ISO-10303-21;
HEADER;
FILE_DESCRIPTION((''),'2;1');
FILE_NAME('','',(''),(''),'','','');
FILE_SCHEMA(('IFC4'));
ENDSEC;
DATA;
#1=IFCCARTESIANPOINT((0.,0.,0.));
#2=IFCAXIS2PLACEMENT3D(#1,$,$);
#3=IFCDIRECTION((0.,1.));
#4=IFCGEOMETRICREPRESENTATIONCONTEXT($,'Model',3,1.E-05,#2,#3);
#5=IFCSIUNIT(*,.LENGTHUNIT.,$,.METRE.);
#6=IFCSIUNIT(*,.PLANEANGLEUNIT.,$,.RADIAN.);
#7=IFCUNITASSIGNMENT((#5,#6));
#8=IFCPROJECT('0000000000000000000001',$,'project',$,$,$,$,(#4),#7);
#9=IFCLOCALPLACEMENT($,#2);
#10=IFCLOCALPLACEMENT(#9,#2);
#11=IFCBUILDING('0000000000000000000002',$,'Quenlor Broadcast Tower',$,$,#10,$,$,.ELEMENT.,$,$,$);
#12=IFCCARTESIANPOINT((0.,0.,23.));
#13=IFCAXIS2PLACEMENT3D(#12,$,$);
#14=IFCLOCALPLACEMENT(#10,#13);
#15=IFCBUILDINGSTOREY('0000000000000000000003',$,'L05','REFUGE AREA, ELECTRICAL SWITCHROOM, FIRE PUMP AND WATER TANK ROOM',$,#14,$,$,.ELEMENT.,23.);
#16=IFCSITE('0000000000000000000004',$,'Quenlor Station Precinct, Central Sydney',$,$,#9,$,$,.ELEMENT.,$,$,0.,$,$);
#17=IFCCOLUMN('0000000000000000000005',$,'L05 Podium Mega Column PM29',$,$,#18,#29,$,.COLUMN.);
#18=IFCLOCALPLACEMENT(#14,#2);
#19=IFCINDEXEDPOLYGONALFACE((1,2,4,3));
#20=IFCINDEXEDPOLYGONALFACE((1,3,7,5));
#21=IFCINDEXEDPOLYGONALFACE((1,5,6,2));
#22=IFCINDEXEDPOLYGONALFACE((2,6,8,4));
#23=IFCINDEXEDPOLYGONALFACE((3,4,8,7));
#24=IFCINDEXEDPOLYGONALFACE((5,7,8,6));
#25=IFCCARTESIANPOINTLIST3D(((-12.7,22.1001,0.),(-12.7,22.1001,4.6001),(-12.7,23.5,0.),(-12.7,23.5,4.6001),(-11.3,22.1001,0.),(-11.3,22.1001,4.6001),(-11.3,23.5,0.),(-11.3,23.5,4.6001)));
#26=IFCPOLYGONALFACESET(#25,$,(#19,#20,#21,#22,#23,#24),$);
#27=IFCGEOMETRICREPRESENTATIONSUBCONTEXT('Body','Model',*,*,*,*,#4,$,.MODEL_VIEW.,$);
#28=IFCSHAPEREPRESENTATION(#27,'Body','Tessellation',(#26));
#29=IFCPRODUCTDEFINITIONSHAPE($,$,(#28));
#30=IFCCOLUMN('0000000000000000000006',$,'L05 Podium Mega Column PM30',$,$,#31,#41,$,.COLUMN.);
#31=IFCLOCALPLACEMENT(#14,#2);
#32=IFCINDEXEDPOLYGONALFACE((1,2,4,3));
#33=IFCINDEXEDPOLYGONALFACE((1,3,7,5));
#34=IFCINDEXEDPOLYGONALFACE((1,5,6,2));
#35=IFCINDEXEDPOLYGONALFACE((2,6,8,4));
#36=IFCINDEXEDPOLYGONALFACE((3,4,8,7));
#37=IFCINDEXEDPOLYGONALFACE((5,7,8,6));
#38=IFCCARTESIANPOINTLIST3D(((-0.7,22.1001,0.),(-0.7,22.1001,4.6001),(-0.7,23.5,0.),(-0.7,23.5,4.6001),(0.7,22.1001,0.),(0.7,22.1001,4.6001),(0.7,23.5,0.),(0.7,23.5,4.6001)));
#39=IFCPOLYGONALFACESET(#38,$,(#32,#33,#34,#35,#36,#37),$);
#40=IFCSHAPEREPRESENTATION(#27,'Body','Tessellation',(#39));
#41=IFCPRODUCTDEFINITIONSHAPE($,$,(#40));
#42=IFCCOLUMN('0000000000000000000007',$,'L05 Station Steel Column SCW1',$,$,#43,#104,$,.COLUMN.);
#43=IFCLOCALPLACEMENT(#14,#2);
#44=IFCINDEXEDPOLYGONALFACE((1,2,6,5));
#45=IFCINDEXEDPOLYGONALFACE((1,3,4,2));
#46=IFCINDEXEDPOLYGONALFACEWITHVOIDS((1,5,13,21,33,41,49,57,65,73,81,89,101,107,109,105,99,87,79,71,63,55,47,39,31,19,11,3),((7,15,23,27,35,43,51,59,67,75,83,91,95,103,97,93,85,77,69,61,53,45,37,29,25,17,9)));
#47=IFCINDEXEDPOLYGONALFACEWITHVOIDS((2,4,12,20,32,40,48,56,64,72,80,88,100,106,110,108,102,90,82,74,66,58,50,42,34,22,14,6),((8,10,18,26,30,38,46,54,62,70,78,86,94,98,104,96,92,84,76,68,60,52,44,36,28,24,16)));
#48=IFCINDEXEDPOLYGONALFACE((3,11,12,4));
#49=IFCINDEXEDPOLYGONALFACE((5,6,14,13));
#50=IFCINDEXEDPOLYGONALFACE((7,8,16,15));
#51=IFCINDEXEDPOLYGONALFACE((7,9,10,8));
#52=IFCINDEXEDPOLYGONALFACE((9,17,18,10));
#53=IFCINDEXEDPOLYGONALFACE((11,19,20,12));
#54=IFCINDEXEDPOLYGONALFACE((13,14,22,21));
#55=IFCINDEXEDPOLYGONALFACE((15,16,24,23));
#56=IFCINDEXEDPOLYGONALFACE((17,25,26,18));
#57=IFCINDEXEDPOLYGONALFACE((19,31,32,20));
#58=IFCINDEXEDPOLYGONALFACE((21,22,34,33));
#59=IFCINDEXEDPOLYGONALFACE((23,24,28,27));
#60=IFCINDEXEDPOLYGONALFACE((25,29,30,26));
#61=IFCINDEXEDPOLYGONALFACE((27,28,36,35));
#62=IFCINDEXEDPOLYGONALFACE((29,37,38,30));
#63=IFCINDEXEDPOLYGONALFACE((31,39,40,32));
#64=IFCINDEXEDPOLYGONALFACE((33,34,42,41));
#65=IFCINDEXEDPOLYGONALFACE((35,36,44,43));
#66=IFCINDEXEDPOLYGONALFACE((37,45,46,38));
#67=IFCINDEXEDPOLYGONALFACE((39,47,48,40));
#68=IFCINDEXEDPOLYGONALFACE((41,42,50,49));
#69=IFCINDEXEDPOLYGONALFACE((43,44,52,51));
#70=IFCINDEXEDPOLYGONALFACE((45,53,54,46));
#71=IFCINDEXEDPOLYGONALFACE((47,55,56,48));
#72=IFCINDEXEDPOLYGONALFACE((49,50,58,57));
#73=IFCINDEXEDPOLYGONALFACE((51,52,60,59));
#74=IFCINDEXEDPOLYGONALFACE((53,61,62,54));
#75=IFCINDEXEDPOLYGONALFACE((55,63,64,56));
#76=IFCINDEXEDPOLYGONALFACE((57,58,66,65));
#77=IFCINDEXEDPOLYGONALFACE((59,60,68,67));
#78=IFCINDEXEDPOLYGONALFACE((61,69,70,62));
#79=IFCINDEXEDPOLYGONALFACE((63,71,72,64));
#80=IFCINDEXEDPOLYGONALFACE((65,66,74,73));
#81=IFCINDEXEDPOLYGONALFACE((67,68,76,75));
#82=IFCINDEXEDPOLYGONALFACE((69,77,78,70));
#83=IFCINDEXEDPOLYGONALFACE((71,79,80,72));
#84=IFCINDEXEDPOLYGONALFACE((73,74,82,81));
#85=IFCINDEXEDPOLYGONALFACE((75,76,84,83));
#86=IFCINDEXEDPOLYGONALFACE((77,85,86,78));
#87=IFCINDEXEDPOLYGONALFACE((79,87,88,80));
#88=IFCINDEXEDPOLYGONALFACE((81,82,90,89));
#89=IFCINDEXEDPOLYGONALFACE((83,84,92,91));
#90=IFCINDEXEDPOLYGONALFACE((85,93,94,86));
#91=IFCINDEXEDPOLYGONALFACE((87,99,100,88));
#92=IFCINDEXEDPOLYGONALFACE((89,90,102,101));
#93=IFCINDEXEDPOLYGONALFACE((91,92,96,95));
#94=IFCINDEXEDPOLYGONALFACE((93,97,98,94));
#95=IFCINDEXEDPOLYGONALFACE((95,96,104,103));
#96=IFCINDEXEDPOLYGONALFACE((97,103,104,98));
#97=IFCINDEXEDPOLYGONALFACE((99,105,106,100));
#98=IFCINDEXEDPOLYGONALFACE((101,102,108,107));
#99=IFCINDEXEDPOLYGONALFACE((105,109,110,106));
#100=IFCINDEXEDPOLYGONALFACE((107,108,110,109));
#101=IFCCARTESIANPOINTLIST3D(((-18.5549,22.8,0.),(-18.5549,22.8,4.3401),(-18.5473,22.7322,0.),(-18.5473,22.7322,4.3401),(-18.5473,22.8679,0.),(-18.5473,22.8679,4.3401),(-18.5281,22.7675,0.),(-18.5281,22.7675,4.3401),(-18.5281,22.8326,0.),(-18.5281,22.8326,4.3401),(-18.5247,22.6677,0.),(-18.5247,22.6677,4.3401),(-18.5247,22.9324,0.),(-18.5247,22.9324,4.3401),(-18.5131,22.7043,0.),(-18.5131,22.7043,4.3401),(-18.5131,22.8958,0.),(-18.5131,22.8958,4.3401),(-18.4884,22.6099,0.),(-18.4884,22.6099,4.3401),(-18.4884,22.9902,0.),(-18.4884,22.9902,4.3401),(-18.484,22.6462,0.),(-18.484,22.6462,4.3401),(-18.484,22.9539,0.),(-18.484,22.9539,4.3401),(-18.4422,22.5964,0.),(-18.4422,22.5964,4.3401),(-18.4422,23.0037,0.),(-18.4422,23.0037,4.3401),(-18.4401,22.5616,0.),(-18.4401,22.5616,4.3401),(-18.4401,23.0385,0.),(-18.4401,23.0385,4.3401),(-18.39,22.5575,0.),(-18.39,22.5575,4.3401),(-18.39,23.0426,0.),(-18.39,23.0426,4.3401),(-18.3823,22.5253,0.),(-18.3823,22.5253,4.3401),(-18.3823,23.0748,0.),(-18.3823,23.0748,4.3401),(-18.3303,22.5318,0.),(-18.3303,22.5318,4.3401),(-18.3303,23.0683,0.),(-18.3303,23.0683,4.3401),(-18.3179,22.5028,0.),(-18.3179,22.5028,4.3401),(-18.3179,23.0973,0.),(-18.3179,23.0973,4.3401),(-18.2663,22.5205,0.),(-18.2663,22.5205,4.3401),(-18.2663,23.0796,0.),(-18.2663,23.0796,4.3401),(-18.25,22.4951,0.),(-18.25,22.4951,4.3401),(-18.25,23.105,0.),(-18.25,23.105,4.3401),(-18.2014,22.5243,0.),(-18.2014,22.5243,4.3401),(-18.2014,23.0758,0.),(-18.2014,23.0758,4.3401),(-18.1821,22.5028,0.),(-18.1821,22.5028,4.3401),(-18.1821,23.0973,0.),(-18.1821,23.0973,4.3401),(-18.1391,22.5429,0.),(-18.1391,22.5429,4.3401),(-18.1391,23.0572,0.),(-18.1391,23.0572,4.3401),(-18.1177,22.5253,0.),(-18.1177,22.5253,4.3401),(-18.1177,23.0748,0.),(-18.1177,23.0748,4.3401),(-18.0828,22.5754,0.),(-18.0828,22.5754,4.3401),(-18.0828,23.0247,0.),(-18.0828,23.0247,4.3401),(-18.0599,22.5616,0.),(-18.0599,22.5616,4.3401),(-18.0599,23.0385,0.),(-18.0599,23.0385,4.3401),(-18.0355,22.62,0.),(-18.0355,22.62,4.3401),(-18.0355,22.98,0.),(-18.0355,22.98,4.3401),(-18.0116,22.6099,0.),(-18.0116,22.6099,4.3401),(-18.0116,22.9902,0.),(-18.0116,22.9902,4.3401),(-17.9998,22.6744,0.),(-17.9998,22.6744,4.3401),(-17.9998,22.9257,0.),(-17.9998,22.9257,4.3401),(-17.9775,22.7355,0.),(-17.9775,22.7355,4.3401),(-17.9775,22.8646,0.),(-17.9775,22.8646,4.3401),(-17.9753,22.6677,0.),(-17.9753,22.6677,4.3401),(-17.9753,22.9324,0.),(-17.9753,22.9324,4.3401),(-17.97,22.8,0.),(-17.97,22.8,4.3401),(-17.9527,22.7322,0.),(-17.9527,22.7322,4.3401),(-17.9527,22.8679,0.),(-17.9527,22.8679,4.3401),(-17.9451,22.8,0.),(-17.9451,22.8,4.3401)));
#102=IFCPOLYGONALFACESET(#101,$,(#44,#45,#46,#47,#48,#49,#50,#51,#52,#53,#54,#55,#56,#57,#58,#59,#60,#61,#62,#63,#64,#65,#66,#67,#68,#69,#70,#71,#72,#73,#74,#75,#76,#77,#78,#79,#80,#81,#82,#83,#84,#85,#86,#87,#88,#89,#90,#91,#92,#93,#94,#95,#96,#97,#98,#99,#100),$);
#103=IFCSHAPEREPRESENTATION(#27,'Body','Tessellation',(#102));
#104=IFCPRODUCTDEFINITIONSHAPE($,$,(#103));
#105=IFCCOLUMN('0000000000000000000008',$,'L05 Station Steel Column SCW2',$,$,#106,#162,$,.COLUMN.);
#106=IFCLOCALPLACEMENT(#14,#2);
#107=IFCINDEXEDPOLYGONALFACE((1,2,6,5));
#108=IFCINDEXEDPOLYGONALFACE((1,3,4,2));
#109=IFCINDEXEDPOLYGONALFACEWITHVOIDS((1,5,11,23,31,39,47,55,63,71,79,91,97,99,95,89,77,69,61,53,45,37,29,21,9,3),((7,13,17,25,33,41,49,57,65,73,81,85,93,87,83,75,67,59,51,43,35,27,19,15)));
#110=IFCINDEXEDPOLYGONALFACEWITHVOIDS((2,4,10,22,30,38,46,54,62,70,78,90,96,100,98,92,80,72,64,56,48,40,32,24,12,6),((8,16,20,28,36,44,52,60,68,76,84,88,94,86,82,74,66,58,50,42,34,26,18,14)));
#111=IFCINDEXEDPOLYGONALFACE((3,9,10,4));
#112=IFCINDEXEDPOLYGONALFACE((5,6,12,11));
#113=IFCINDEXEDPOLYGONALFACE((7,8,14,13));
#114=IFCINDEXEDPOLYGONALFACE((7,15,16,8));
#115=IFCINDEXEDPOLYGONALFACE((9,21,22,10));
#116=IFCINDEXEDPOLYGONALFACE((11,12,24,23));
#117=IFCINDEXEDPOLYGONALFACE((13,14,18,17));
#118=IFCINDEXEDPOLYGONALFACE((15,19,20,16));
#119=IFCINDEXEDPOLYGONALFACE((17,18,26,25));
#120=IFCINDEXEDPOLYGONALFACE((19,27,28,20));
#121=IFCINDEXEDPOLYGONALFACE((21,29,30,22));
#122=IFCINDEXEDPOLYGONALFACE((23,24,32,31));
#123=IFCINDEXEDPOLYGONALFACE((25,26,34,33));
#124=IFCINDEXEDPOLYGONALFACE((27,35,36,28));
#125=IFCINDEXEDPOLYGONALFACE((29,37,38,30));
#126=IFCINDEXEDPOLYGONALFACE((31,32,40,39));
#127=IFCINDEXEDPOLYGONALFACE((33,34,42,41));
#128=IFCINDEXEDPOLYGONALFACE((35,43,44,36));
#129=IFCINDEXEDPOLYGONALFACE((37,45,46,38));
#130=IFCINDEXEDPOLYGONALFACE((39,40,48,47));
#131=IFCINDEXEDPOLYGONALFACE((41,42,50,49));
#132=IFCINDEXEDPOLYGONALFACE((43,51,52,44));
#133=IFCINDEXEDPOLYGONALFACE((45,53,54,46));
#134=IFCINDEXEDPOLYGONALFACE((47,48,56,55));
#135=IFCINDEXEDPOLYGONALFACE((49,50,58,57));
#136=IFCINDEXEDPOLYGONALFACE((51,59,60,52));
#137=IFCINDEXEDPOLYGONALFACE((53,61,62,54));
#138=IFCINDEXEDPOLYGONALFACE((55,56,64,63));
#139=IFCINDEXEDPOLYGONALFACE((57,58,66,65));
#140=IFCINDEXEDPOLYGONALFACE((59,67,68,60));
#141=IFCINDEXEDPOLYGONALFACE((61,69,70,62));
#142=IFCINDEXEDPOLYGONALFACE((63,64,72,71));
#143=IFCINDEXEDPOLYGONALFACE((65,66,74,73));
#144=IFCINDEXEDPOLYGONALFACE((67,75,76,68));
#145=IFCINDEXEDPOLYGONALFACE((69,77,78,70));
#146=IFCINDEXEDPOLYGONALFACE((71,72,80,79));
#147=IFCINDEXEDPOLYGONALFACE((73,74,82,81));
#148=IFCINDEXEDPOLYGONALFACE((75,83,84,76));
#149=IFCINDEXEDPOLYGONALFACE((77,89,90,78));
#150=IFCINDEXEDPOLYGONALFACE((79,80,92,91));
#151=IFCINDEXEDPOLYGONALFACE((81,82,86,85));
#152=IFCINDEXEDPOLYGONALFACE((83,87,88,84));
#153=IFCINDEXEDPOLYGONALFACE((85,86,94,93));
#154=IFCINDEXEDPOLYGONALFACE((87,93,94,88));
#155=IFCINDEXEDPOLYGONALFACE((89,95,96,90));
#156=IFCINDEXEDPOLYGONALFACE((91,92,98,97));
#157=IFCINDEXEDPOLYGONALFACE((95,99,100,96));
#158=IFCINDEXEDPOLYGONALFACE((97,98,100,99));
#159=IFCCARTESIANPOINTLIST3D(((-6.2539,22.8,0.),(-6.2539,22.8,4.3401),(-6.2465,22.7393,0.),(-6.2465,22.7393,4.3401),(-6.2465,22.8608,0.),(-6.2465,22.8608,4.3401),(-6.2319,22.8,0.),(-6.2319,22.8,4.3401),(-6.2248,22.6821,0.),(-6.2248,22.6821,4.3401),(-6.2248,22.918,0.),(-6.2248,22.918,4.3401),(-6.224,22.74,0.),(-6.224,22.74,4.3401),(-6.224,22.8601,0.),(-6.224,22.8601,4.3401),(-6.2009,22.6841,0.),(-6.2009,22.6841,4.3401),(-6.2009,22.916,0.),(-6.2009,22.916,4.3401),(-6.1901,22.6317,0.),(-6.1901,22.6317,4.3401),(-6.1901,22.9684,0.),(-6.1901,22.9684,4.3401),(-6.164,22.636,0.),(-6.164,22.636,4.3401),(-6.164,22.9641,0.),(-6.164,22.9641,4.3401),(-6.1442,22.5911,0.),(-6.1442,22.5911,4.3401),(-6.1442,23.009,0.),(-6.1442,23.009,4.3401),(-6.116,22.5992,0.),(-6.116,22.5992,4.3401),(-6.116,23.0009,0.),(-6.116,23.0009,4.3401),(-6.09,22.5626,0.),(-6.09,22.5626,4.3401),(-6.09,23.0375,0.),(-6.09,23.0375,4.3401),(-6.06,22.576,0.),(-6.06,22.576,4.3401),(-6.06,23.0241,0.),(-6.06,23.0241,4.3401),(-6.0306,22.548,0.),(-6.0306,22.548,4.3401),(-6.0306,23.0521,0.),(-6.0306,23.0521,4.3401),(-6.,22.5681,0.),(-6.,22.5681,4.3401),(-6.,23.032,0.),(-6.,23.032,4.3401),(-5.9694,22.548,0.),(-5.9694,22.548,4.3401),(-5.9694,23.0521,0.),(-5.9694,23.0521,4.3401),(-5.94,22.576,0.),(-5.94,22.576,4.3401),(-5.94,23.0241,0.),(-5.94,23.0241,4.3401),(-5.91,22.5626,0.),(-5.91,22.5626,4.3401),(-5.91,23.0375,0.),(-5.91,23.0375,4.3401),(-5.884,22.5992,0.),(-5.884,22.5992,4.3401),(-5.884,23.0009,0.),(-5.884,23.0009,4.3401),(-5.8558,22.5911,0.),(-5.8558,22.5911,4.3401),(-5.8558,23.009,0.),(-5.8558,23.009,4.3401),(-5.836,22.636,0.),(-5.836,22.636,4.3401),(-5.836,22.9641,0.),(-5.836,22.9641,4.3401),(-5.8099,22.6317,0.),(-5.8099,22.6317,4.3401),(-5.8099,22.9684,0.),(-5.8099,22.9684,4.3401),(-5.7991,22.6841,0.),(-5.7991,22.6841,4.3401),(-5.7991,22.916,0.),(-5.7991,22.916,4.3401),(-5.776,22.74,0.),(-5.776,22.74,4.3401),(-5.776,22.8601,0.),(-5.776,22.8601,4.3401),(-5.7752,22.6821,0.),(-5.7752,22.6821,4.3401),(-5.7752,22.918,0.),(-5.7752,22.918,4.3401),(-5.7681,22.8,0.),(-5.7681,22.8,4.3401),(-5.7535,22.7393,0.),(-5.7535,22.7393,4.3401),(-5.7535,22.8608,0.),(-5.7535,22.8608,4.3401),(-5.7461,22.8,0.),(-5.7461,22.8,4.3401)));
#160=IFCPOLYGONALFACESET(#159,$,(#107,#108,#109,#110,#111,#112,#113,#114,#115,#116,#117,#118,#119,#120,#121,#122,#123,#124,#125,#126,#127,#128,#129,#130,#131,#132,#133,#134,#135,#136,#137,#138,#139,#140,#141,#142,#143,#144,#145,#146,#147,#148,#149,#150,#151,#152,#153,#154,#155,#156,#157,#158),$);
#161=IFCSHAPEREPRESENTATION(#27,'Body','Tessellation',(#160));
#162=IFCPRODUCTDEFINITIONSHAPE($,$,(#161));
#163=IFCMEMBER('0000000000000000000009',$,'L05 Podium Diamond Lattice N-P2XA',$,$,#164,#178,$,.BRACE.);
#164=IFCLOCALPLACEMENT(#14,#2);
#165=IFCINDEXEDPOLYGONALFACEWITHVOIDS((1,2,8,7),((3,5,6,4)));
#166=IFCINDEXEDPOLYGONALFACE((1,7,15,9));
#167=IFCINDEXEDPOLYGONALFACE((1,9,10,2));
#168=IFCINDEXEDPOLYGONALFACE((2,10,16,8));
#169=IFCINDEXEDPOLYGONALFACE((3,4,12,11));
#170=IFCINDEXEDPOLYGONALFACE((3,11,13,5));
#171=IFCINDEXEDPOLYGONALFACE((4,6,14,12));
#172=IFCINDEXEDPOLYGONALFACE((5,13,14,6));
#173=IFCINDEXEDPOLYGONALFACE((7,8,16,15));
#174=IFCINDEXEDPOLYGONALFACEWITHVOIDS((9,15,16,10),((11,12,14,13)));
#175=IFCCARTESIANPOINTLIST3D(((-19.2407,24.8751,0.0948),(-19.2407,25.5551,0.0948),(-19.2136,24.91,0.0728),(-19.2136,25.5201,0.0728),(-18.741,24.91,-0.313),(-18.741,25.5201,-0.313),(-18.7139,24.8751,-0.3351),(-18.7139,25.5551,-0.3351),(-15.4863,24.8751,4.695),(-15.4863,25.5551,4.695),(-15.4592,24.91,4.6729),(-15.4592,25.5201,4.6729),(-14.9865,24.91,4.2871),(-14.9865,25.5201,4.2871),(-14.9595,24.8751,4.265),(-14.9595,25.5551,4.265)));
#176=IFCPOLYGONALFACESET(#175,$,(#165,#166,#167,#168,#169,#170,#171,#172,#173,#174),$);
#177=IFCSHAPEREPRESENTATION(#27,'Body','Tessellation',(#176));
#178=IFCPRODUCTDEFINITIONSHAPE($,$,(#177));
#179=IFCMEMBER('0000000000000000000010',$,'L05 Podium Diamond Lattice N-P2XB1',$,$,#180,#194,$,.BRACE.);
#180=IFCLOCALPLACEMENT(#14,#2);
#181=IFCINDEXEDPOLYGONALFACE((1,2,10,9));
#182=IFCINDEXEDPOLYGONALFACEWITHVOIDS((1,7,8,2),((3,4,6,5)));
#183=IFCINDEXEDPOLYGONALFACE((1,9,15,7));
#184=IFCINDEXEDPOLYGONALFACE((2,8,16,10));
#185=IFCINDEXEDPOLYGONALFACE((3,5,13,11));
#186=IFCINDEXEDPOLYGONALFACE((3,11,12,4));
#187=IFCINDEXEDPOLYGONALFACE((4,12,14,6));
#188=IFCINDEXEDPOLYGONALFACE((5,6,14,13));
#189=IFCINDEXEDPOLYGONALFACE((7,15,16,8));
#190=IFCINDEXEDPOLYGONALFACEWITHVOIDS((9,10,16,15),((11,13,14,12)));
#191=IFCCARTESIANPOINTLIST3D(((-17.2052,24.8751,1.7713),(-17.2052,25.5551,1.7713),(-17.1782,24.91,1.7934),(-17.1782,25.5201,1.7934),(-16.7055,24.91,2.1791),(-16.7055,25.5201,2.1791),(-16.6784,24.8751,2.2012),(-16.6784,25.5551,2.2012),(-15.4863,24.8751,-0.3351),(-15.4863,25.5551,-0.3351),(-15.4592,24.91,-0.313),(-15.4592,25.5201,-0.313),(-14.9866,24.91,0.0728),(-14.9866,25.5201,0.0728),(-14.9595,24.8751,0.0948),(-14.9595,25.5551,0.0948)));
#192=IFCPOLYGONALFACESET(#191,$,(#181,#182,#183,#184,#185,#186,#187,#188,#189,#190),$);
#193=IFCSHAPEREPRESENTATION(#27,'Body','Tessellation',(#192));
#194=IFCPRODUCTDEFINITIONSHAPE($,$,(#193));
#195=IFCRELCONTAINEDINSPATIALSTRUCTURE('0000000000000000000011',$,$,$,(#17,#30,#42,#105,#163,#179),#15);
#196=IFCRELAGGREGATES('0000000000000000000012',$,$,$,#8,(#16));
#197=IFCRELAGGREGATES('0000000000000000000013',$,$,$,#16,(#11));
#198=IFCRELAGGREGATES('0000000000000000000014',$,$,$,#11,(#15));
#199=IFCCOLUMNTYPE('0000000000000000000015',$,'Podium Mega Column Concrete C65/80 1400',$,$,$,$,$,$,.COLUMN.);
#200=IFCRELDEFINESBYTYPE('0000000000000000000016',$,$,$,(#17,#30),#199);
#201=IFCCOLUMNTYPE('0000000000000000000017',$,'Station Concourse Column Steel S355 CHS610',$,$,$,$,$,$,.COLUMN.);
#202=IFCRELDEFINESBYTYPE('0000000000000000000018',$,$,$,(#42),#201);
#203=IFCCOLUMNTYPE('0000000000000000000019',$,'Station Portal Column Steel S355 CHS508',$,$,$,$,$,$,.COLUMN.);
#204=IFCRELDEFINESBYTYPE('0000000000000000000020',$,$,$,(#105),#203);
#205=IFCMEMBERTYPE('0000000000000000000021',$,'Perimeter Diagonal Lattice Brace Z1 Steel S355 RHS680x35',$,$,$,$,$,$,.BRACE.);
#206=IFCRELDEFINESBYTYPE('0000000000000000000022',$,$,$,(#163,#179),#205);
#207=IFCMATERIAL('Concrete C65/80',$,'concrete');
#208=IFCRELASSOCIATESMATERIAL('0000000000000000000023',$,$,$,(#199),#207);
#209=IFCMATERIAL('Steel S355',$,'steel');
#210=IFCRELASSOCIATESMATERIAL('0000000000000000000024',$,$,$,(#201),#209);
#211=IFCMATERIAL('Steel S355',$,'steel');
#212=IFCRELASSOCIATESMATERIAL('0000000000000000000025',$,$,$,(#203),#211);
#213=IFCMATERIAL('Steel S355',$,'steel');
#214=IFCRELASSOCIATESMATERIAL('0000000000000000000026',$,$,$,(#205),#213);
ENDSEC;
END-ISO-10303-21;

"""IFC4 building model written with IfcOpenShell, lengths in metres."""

from ifc_helpers import new_model, si_unit, direction, frame, origin, origin_2d, place, context, subcontext, project, spatial, rectangle, hollow_rectangle, hollow_circle, extrude, material, material_profile, profile_set, type_object, element, save


model = new_model("IFC4")

# Units and contexts
model_context = context("Model", 3, precision=1e-05, world=origin(), true_north=direction((0.0, 1.0)))
body_context = subcontext(model_context, "Body", "Model", "MODEL_VIEW")
ifc_project = project(units=[si_unit("LENGTHUNIT", "METRE"), si_unit("PLANEANGLEUNIT", "RADIAN")], contexts=[model_context])

# Site, building, storey
site_placement = place(None, origin())
site = spatial("IfcSite", under=ifc_project, at=site_placement, Name="Quenlor Station Precinct, Central Sydney", CompositionType="ELEMENT", RefElevation=0.0)
building_placement = place(site_placement, origin())
building = spatial("IfcBuilding", under=site, at=building_placement, Name="Quenlor Broadcast Tower", CompositionType="ELEMENT")
storey_placement = place(building_placement, frame((0.0, 0.0, 23.0)))
storey = spatial("IfcBuildingStorey", under=building, at=storey_placement, Name="L05", Description="REFUGE AREA, ELECTRICAL SWITCHROOM, FIRE PUMP AND WATER TANK ROOM", CompositionType="ELEMENT", Elevation=23.0)

# Columns
ifc_material_1 = material(Name="Concrete C65/80", Category="concrete")
ifc_material_profile_1 = material_profile(ifc_material_1, rectangle(XDim=1.3999, YDim=1.3999, at=origin_2d()))
ifc_profile_set_1 = profile_set([ifc_material_profile_1], Name="Concrete C65/80 RC1400x1400")
column_type_1 = type_object("IfcColumnType", Name="Podium Mega Column Concrete C65/80 1400", PredefinedType="COLUMN", material=ifc_profile_set_1)
for number, where, z_axis, x_axis, name in (
    (1, (-12.0, 22.8, 0.0), (0.0, 0.0, 1.0), (1.0, 0.0, 0.0), "L05 Podium Mega Column PM29"),
    (2, (0.0, 22.8, 0.0), (0.0, 0.0, 1.0), (1.0, 0.0, 0.0), "L05 Podium Mega Column PM30"),
):
    element("IfcColumn", number, at=place(storey_placement, frame(where, z_axis=z_axis, x_axis=x_axis)), inside=storey, type_object=column_type_1, Name=name, PredefinedType="COLUMN", context=body_context, shape_type="SweptSolid", body=[
        extrude(rectangle(XDim=1.3999, YDim=1.3999, at=origin_2d()), origin(), (0.0, 0.0, 1.0), 4.6001),
    ])
ifc_material_2 = material(Name="Steel S355", Category="steel")
ifc_material_profile_2 = material_profile(ifc_material_2, hollow_circle(Radius=0.3049, WallThickness=0.0249, at=origin_2d()))
ifc_profile_set_2 = profile_set([ifc_material_profile_2], Name="Steel S355 CHS610x25")
column_type_2 = type_object("IfcColumnType", Name="Station Concourse Column Steel S355 CHS610", PredefinedType="COLUMN", material=ifc_profile_set_2)
column_1_placement = place(storey_placement, frame((-18.25, 22.8, 0.0), z_axis=(0.0, 0.0, 1.0), x_axis=(1.0, 0.0, 0.0)))
element("IfcColumn", 3, at=column_1_placement, inside=storey, type_object=column_type_2, Name="L05 Station Steel Column SCW1", PredefinedType="COLUMN", context=body_context, shape_type="SweptSolid", body=[
    extrude(hollow_circle(Radius=0.3049, WallThickness=0.0249, at=origin_2d()), origin(), (0.0, 0.0, 1.0), 4.3401),
])
ifc_material_3 = material(Name="Steel S355", Category="steel")
ifc_material_profile_3 = material_profile(ifc_material_3, hollow_circle(Radius=0.2539, WallThickness=0.022, at=origin_2d()))
ifc_profile_set_3 = profile_set([ifc_material_profile_3], Name="Steel S355 CHS508x22")
column_type_3 = type_object("IfcColumnType", Name="Station Portal Column Steel S355 CHS508", PredefinedType="COLUMN", material=ifc_profile_set_3)
column_2_placement = place(storey_placement, frame((-6.0, 22.8, 0.0), z_axis=(0.0, 0.0, 1.0), x_axis=(1.0, 0.0, 0.0)))
element("IfcColumn", 4, at=column_2_placement, inside=storey, type_object=column_type_3, Name="L05 Station Steel Column SCW2", PredefinedType="COLUMN", context=body_context, shape_type="SweptSolid", body=[
    extrude(hollow_circle(Radius=0.2539, WallThickness=0.022, at=origin_2d()), origin(), (0.0, 0.0, 1.0), 4.3401),
])

# Members
ifc_material_4 = material(Name="Steel S355", Category="steel")
ifc_material_profile_4 = material_profile(ifc_material_4, hollow_rectangle(XDim=0.6799, YDim=0.6799, WallThickness=0.0349, at=origin_2d()))
ifc_profile_set_4 = profile_set([ifc_material_profile_4], Name="Steel S355 RHS680x680x35")
member_type_1 = type_object("IfcMemberType", Name="Perimeter Diagonal Lattice Brace Z1 Steel S355 RHS680x35", PredefinedType="BRACE", material=ifc_profile_set_4)
member_1_placement = place(storey_placement, frame((-18.9773, 25.2151, -0.1201), z_axis=(0.632297, 0.0, 0.774726), x_axis=(0.0, 1.0, 0.0)))
element("IfcMember", 5, at=member_1_placement, inside=storey, type_object=member_type_1, Name="L05 Podium Diamond Lattice N-P2XA", PredefinedType="BRACE", context=body_context, shape_type="SweptSolid", body=[
    extrude(hollow_rectangle(XDim=0.6799, YDim=0.6799, WallThickness=0.0349, at=origin_2d()), origin(), (0.0, 0.0, 1.0), 5.9377),
])
for number, where, z_axis, x_axis, name in (
    (6, (-15.2229, 25.2151, -0.1201), (-0.632254, 0.0, 0.774761), (0.0, -1.0, 0.0), "L05 Podium Diamond Lattice N-P2XB1"),
):
    element("IfcMember", number, at=place(storey_placement, frame(where, z_axis=z_axis, x_axis=x_axis)), inside=storey, type_object=member_type_1, Name=name, PredefinedType="BRACE", context=body_context, shape_type="SweptSolid", body=[
        extrude(hollow_rectangle(XDim=0.6799, YDim=0.6799, WallThickness=0.0349, at=origin_2d()), origin(), (0.0, 0.0, 1.0), 2.7188),
    ])

save(model, "model.ifc")
